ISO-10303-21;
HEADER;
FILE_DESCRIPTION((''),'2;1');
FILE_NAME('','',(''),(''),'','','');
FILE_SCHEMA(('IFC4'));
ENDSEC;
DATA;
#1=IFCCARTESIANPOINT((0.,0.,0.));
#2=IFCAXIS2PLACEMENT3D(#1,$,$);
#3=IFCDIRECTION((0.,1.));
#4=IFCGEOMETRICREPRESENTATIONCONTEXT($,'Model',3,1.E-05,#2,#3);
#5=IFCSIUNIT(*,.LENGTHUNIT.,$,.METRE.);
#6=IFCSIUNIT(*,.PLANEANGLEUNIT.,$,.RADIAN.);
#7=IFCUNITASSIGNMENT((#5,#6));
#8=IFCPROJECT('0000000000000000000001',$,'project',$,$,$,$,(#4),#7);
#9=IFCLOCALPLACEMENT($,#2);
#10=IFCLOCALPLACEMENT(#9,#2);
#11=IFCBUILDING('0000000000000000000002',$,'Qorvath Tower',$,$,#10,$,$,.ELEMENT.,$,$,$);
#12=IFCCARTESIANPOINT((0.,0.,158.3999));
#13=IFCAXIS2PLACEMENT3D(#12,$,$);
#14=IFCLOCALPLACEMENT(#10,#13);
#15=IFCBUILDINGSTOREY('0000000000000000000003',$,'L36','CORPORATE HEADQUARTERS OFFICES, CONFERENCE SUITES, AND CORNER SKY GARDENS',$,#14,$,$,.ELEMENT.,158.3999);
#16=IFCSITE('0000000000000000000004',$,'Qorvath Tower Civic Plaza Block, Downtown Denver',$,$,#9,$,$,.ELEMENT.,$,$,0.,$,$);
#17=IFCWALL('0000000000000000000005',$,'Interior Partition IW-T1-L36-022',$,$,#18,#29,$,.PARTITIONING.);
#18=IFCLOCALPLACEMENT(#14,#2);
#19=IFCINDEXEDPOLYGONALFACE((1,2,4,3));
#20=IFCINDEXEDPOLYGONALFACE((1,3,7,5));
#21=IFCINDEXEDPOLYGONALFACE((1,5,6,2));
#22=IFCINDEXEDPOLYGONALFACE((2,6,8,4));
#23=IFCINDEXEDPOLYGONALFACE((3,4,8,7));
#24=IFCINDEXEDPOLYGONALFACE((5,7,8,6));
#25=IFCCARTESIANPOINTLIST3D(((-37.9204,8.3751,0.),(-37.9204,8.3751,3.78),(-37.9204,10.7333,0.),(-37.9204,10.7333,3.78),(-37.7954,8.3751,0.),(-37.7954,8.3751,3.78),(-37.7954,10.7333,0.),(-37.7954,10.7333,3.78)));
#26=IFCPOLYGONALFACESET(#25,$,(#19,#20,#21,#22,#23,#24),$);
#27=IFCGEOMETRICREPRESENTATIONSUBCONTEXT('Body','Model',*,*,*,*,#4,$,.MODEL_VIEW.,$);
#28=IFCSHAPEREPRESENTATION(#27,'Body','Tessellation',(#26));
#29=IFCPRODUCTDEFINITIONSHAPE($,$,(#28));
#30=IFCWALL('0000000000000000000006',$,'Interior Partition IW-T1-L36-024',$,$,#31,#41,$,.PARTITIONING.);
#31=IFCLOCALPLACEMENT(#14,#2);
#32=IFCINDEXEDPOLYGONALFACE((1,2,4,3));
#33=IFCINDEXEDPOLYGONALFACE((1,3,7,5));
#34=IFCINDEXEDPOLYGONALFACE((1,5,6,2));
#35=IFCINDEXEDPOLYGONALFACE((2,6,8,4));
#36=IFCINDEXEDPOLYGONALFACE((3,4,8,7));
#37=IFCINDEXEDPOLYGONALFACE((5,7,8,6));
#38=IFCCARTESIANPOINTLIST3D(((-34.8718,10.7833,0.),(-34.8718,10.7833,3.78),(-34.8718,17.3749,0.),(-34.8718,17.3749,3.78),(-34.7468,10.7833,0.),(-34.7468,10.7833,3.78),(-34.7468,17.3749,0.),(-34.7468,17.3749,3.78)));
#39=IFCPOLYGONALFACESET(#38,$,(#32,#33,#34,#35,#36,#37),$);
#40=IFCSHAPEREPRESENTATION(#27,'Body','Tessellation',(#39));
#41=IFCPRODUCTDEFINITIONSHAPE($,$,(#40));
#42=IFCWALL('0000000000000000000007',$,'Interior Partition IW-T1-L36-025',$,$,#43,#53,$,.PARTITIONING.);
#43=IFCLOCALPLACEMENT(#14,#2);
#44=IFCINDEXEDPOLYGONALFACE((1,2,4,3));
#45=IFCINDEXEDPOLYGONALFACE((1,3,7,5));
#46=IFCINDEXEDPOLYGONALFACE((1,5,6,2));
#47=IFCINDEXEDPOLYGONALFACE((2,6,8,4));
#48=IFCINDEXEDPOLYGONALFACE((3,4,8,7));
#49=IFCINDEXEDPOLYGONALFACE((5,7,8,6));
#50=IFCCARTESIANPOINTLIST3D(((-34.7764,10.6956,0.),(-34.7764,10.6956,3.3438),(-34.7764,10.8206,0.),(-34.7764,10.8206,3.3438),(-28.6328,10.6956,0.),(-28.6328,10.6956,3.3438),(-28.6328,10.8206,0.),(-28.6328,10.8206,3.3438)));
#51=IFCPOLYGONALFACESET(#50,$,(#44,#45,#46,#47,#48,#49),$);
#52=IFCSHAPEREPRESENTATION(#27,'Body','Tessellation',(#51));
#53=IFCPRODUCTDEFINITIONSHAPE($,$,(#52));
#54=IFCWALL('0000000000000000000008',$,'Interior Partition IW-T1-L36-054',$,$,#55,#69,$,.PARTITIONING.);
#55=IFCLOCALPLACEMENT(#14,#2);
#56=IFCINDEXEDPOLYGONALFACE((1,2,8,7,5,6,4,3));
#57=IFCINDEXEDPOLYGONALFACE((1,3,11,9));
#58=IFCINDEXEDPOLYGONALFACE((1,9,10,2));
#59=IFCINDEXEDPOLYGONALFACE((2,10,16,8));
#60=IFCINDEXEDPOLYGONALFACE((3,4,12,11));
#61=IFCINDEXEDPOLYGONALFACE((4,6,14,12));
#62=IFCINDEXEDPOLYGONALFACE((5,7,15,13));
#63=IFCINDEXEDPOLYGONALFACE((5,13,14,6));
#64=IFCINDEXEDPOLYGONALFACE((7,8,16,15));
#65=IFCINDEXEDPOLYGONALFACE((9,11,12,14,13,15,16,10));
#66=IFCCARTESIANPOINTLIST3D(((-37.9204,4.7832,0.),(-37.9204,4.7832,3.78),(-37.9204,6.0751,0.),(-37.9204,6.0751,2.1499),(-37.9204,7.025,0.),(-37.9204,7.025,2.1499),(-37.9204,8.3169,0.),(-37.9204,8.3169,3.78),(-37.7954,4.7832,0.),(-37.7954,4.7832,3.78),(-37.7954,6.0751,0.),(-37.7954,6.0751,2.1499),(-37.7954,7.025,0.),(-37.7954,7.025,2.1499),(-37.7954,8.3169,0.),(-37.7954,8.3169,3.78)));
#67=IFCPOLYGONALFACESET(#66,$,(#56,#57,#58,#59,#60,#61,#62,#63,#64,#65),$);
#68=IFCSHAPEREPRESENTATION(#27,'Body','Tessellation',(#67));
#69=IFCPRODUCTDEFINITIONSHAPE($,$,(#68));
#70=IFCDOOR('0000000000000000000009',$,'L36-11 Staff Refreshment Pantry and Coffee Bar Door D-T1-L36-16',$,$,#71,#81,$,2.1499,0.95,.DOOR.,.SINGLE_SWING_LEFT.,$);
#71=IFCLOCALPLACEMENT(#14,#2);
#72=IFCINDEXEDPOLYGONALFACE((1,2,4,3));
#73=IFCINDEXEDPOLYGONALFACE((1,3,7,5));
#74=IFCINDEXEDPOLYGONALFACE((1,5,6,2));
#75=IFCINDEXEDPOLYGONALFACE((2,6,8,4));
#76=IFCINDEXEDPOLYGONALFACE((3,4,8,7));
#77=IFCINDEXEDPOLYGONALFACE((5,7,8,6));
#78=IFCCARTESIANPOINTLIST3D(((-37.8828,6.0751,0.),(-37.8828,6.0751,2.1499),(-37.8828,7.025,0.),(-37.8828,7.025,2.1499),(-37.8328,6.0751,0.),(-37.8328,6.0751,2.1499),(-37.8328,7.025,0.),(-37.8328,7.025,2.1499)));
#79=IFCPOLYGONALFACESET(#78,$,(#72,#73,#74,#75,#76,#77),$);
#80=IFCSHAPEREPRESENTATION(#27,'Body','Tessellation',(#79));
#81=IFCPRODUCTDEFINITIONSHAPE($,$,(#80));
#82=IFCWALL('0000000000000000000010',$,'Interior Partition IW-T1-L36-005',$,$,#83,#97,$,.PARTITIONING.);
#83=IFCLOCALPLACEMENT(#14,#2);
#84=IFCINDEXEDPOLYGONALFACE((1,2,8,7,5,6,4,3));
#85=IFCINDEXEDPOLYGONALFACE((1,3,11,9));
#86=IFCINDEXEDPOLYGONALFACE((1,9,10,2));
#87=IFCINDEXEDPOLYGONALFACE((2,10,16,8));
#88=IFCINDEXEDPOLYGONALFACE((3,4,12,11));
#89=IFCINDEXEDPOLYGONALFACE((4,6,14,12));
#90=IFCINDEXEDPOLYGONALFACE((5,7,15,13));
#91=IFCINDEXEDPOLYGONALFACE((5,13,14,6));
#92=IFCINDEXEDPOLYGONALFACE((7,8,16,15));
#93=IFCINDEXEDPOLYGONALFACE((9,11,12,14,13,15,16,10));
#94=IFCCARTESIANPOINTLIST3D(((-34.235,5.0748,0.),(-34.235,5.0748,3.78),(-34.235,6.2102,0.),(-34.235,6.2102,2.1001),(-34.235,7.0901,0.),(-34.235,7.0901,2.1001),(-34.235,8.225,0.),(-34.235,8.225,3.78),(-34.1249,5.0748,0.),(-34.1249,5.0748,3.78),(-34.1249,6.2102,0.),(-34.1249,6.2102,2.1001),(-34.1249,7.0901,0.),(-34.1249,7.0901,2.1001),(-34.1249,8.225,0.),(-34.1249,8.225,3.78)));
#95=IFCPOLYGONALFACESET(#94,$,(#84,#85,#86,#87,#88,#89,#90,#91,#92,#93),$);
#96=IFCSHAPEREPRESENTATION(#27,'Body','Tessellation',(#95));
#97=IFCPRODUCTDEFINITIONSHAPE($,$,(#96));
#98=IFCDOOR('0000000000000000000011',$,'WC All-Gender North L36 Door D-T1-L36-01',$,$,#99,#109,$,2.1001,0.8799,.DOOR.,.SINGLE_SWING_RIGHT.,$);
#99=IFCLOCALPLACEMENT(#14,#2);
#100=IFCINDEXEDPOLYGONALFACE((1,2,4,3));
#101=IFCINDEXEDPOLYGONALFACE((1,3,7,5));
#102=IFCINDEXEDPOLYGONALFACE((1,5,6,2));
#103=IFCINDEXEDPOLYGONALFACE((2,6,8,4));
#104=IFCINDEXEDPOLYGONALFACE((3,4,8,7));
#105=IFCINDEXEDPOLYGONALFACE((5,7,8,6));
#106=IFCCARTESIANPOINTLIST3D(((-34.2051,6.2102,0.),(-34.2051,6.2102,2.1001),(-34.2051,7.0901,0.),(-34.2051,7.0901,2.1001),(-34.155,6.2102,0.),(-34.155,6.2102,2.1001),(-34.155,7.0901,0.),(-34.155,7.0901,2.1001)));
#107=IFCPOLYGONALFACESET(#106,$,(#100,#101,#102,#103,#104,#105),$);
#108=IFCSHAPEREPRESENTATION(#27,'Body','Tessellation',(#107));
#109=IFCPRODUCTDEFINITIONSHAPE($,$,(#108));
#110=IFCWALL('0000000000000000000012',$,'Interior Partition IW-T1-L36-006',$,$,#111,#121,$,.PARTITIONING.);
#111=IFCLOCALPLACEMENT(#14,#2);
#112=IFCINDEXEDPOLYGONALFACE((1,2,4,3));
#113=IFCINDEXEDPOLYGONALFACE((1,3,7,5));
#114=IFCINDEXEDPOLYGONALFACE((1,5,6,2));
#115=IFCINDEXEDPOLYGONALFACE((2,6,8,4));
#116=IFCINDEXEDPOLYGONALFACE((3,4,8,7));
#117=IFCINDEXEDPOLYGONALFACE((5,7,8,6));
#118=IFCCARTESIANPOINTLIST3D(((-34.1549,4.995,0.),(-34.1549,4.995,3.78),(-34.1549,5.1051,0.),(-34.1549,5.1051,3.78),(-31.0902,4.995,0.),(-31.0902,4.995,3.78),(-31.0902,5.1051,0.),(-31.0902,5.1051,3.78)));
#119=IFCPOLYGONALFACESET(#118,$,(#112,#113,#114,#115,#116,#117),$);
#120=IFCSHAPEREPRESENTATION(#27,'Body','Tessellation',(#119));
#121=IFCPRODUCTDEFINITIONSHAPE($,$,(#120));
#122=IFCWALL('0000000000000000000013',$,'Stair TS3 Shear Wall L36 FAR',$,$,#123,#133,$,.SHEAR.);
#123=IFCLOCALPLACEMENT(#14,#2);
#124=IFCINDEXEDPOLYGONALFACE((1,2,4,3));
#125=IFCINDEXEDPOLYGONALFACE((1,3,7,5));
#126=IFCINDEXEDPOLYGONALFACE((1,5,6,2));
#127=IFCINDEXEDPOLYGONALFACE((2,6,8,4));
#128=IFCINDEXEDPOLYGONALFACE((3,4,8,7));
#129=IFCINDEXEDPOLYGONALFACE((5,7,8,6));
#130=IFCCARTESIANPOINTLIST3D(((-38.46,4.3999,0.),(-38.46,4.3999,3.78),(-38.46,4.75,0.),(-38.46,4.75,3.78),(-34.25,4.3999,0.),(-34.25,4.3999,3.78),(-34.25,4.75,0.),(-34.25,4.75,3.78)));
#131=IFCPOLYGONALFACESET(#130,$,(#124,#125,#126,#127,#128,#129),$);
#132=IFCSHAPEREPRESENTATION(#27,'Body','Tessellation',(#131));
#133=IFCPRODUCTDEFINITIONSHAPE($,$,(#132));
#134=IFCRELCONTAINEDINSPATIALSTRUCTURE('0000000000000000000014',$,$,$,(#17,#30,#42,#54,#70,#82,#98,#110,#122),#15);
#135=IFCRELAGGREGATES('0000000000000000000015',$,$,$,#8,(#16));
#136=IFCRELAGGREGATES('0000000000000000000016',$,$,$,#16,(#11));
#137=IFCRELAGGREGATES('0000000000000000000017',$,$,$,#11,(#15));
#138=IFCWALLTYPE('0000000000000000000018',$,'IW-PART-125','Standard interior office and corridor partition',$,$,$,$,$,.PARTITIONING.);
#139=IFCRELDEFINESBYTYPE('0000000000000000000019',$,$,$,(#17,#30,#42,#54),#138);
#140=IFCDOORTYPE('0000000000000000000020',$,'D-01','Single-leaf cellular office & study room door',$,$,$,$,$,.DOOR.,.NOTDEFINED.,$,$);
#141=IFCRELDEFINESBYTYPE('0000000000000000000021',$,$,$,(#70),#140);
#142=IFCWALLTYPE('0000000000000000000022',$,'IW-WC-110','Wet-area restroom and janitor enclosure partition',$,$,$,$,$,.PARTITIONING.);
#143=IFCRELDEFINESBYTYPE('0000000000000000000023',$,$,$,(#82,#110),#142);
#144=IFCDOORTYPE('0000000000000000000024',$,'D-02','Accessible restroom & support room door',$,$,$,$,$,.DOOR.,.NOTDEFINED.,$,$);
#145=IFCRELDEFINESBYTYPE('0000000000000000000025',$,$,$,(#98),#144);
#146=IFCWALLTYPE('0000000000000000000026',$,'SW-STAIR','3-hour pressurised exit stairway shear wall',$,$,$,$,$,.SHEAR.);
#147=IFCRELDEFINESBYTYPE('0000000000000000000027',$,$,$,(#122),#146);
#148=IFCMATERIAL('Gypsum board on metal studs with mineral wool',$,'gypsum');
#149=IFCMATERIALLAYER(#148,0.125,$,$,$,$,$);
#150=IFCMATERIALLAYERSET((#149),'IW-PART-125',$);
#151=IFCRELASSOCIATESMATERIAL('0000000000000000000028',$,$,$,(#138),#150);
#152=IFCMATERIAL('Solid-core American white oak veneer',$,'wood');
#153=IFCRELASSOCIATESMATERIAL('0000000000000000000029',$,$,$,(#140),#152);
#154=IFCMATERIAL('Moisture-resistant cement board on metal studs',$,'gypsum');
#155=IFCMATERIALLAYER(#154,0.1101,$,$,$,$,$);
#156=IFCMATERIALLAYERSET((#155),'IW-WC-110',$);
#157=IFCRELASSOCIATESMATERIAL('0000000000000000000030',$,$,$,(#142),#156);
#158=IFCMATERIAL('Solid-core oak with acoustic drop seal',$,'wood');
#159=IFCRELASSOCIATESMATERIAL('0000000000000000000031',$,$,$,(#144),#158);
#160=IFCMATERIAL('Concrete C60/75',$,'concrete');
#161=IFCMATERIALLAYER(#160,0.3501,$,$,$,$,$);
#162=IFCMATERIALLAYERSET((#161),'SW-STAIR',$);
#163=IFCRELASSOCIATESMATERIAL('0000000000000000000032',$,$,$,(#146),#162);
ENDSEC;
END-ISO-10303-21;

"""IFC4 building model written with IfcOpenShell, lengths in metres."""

from ifc_helpers import new_model, si_unit, direction, frame, frame_2d, origin, place, context, subcontext, project, spatial, rectangle, extrude, material, layer, layer_set, type_object, element, fill, save


model = new_model("IFC4")

# Units and contexts
model_context = context("Model", 3, precision=1e-05, world=origin(), true_north=direction((0.0, 1.0)))
body_context = subcontext(model_context, "Body", "Model", "MODEL_VIEW")
ifc_project = project(units=[si_unit("LENGTHUNIT", "METRE"), si_unit("PLANEANGLEUNIT", "RADIAN")], contexts=[model_context])

# Site, building, storey
site_placement = place(None, origin())
site = spatial("IfcSite", under=ifc_project, at=site_placement, Name="Qorvath Tower Civic Plaza Block, Downtown Denver", CompositionType="ELEMENT", RefElevation=0.0)
building_placement = place(site_placement, origin())
building = spatial("IfcBuilding", under=site, at=building_placement, Name="Qorvath Tower", CompositionType="ELEMENT")
storey_placement = place(building_placement, frame((0.0, 0.0, 158.3999)))
storey = spatial("IfcBuildingStorey", under=building, at=storey_placement, Name="L36", Description="CORPORATE HEADQUARTERS OFFICES, CONFERENCE SUITES, AND CORNER SKY GARDENS", CompositionType="ELEMENT", Elevation=158.3999)

# Wall
ifc_material_1 = material(Name="Gypsum board on metal studs with mineral wool", Category="gypsum")
ifc_layer_1 = layer(ifc_material_1, 0.125)
ifc_layer_set_1 = layer_set([ifc_layer_1], Name="IW-PART-125")
wall_type_1 = type_object("IfcWallType", Name="IW-PART-125", Description="Standard interior office and corridor partition", PredefinedType="PARTITIONING", material=ifc_layer_set_1)
wall_1_placement = place(storey_placement, frame((-37.8579, 8.375, 0.0), z_axis=(0.0, 0.0, 1.0), x_axis=(0.0, 1.0, 0.0)))
element("IfcWall", 1, at=wall_1_placement, inside=storey, type_object=wall_type_1, Name="Interior Partition IW-T1-L36-022", PredefinedType="PARTITIONING", context=body_context, shape_type="SweptSolid", body=[
    extrude(rectangle(XDim=2.3582, YDim=0.125, at=frame_2d((1.1792, 0.0))), origin(), (0.0, 0.0, 1.0), 3.78),
])

# Shared definitions
ifc_material_2 = material(Name="Solid-core American white oak veneer", Category="wood")
door_type_1 = type_object("IfcDoorType", Name="D-01", Description="Single-leaf cellular office & study room door", OperationType="NOTDEFINED", PredefinedType="DOOR", material=ifc_material_2)

# Walls
wall_2_placement = place(storey_placement, frame((-34.8093, 10.7832, 0.0), z_axis=(0.0, 0.0, 1.0), x_axis=(0.0, 1.0, 0.0)))
element("IfcWall", 2, at=wall_2_placement, inside=storey, type_object=wall_type_1, Name="Interior Partition IW-T1-L36-024", PredefinedType="PARTITIONING", context=body_context, shape_type="SweptSolid", body=[
    extrude(rectangle(XDim=6.5916, YDim=0.125, at=frame_2d((3.2959, 0.0))), origin(), (0.0, 0.0, 1.0), 3.78),
])
wall_3_placement = place(storey_placement, frame((-34.7764, 10.7581, 0.0), z_axis=(0.0, 0.0, 1.0), x_axis=(1.0, 0.0, 0.0)))
element("IfcWall", 3, at=wall_3_placement, inside=storey, type_object=wall_type_1, Name="Interior Partition IW-T1-L36-025", PredefinedType="PARTITIONING", context=body_context, shape_type="SweptSolid", body=[
    extrude(rectangle(XDim=6.1436, YDim=0.125, at=frame_2d((3.0718, 0.0))), origin(), (0.0, 0.0, 1.0), 3.3438),
])

# Walls, openings, doors
wall_4_placement = place(storey_placement, frame((-37.8579, 4.7832, 0.0), z_axis=(0.0, 0.0, 1.0), x_axis=(0.0, 1.0, 0.0)))
wall_4 = element("IfcWall", 4, at=wall_4_placement, inside=storey, type_object=wall_type_1, Name="Interior Partition IW-T1-L36-054", PredefinedType="PARTITIONING", context=body_context, shape_type="SweptSolid", body=[
    extrude(rectangle(XDim=3.5337, YDim=0.125, at=frame_2d((1.7668, 0.0))), origin(), (0.0, 0.0, 1.0), 3.78),
])
opening_1_placement = place(wall_4_placement, frame((1.2917, 0.0, 0.0)))
opening_1 = element("IfcOpeningElement", 5, at=opening_1_placement, cuts=wall_4, PredefinedType="OPENING", context=body_context, shape_type="SweptSolid", body=[
    extrude(rectangle(XDim=0.95, YDim=2.1499, at=frame_2d((0.4751, 1.075))), frame((0.0, 0.0725, 0.0), z_axis=(0.0, -1.0, 0.0), x_axis=(1.0, 0.0, 0.0)), (0.0, 0.0, 1.0), 0.145),
])
door_1_placement = place(opening_1_placement, origin())
door_1 = element("IfcDoor", 6, at=door_1_placement, inside=storey, type_object=door_type_1, Name="L36-11 Staff Refreshment Pantry and Coffee Bar Door D-T1-L36-16", OperationType="SINGLE_SWING_LEFT", OverallHeight=2.1499, OverallWidth=0.95, PredefinedType="DOOR", context=body_context, shape_type="SweptSolid", body=[
    extrude(rectangle(XDim=0.95, YDim=2.1499, at=frame_2d((0.4751, 1.075))), frame((0.0, 0.0249, 0.0), z_axis=(0.0, -1.0, 0.0), x_axis=(1.0, 0.0, 0.0)), (0.0, 0.0, 1.0), 0.05),
])
fill(opening_1, door_1)
ifc_material_3 = material(Name="Moisture-resistant cement board on metal studs", Category="gypsum")
ifc_layer_2 = layer(ifc_material_3, 0.1101)
ifc_layer_set_2 = layer_set([ifc_layer_2], Name="IW-WC-110")
wall_type_2 = type_object("IfcWallType", Name="IW-WC-110", Description="Wet-area restroom and janitor enclosure partition", PredefinedType="PARTITIONING", material=ifc_layer_set_2)
wall_5_placement = place(storey_placement, frame((-34.1799, 8.2251, 0.0), z_axis=(0.0, 0.0, 1.0), x_axis=(0.0, -1.0, 0.0)))
wall_5 = element("IfcWall", 7, at=wall_5_placement, inside=storey, type_object=wall_type_2, Name="Interior Partition IW-T1-L36-005", PredefinedType="PARTITIONING", context=body_context, shape_type="SweptSolid", body=[
    extrude(rectangle(XDim=3.1501, YDim=0.1101, at=frame_2d((1.5752, 0.0))), origin(), (0.0, 0.0, 1.0), 3.78),
])
opening_2_placement = place(wall_5_placement, frame((1.135, 0.0, 0.0)))
opening_2 = element("IfcOpeningElement", 8, at=opening_2_placement, cuts=wall_5, PredefinedType="OPENING", context=body_context, shape_type="SweptSolid", body=[
    extrude(rectangle(XDim=0.8799, YDim=2.1001, at=frame_2d((0.4399, 1.05))), frame((0.0, 0.0649, 0.0), z_axis=(0.0, -1.0, 0.0), x_axis=(1.0, 0.0, 0.0)), (0.0, 0.0, 1.0), 0.1301),
])
ifc_material_4 = material(Name="Solid-core oak with acoustic drop seal", Category="wood")
door_type_2 = type_object("IfcDoorType", Name="D-02", Description="Accessible restroom & support room door", OperationType="NOTDEFINED", PredefinedType="DOOR", material=ifc_material_4)
door_2_placement = place(opening_2_placement, origin())
door_2 = element("IfcDoor", 9, at=door_2_placement, inside=storey, type_object=door_type_2, Name="WC All-Gender North L36 Door D-T1-L36-01", OperationType="SINGLE_SWING_RIGHT", OverallHeight=2.1001, OverallWidth=0.8799, PredefinedType="DOOR", context=body_context, shape_type="SweptSolid", body=[
    extrude(rectangle(XDim=0.8799, YDim=2.1001, at=frame_2d((0.4399, 1.05))), frame((0.0, 0.0249, 0.0), z_axis=(0.0, -1.0, 0.0), x_axis=(1.0, 0.0, 0.0)), (0.0, 0.0, 1.0), 0.05),
])
fill(opening_2, door_2)

# Walls
wall_6_placement = place(storey_placement, frame((-34.1548, 5.05, 0.0), z_axis=(0.0, 0.0, 1.0), x_axis=(1.0, 0.0, 0.0)))
element("IfcWall", 10, at=wall_6_placement, inside=storey, type_object=wall_type_2, Name="Interior Partition IW-T1-L36-006", PredefinedType="PARTITIONING", context=body_context, shape_type="SweptSolid", body=[
    extrude(rectangle(XDim=3.0647, YDim=0.1101, at=frame_2d((1.5322, 0.0))), origin(), (0.0, 0.0, 1.0), 3.78),
])
ifc_material_5 = material(Name="Concrete C60/75", Category="concrete")
ifc_layer_3 = layer(ifc_material_5, 0.3501)
ifc_layer_set_3 = layer_set([ifc_layer_3], Name="SW-STAIR")
wall_type_3 = type_object("IfcWallType", Name="SW-STAIR", Description="3-hour pressurised exit stairway shear wall", PredefinedType="SHEAR", material=ifc_layer_set_3)
wall_7_placement = place(storey_placement, frame((-34.25, 4.575, 0.0), z_axis=(0.0, 0.0, 1.0), x_axis=(-1.0, 0.0, 0.0)))
element("IfcWall", 11, at=wall_7_placement, inside=storey, type_object=wall_type_3, Name="Stair TS3 Shear Wall L36 FAR", PredefinedType="SHEAR", context=body_context, shape_type="SweptSolid", body=[
    extrude(rectangle(XDim=4.21, YDim=0.3501, at=frame_2d((2.105, 0.0))), origin(), (0.0, 0.0, 1.0), 3.78),
])

save(model, "model.ifc")
